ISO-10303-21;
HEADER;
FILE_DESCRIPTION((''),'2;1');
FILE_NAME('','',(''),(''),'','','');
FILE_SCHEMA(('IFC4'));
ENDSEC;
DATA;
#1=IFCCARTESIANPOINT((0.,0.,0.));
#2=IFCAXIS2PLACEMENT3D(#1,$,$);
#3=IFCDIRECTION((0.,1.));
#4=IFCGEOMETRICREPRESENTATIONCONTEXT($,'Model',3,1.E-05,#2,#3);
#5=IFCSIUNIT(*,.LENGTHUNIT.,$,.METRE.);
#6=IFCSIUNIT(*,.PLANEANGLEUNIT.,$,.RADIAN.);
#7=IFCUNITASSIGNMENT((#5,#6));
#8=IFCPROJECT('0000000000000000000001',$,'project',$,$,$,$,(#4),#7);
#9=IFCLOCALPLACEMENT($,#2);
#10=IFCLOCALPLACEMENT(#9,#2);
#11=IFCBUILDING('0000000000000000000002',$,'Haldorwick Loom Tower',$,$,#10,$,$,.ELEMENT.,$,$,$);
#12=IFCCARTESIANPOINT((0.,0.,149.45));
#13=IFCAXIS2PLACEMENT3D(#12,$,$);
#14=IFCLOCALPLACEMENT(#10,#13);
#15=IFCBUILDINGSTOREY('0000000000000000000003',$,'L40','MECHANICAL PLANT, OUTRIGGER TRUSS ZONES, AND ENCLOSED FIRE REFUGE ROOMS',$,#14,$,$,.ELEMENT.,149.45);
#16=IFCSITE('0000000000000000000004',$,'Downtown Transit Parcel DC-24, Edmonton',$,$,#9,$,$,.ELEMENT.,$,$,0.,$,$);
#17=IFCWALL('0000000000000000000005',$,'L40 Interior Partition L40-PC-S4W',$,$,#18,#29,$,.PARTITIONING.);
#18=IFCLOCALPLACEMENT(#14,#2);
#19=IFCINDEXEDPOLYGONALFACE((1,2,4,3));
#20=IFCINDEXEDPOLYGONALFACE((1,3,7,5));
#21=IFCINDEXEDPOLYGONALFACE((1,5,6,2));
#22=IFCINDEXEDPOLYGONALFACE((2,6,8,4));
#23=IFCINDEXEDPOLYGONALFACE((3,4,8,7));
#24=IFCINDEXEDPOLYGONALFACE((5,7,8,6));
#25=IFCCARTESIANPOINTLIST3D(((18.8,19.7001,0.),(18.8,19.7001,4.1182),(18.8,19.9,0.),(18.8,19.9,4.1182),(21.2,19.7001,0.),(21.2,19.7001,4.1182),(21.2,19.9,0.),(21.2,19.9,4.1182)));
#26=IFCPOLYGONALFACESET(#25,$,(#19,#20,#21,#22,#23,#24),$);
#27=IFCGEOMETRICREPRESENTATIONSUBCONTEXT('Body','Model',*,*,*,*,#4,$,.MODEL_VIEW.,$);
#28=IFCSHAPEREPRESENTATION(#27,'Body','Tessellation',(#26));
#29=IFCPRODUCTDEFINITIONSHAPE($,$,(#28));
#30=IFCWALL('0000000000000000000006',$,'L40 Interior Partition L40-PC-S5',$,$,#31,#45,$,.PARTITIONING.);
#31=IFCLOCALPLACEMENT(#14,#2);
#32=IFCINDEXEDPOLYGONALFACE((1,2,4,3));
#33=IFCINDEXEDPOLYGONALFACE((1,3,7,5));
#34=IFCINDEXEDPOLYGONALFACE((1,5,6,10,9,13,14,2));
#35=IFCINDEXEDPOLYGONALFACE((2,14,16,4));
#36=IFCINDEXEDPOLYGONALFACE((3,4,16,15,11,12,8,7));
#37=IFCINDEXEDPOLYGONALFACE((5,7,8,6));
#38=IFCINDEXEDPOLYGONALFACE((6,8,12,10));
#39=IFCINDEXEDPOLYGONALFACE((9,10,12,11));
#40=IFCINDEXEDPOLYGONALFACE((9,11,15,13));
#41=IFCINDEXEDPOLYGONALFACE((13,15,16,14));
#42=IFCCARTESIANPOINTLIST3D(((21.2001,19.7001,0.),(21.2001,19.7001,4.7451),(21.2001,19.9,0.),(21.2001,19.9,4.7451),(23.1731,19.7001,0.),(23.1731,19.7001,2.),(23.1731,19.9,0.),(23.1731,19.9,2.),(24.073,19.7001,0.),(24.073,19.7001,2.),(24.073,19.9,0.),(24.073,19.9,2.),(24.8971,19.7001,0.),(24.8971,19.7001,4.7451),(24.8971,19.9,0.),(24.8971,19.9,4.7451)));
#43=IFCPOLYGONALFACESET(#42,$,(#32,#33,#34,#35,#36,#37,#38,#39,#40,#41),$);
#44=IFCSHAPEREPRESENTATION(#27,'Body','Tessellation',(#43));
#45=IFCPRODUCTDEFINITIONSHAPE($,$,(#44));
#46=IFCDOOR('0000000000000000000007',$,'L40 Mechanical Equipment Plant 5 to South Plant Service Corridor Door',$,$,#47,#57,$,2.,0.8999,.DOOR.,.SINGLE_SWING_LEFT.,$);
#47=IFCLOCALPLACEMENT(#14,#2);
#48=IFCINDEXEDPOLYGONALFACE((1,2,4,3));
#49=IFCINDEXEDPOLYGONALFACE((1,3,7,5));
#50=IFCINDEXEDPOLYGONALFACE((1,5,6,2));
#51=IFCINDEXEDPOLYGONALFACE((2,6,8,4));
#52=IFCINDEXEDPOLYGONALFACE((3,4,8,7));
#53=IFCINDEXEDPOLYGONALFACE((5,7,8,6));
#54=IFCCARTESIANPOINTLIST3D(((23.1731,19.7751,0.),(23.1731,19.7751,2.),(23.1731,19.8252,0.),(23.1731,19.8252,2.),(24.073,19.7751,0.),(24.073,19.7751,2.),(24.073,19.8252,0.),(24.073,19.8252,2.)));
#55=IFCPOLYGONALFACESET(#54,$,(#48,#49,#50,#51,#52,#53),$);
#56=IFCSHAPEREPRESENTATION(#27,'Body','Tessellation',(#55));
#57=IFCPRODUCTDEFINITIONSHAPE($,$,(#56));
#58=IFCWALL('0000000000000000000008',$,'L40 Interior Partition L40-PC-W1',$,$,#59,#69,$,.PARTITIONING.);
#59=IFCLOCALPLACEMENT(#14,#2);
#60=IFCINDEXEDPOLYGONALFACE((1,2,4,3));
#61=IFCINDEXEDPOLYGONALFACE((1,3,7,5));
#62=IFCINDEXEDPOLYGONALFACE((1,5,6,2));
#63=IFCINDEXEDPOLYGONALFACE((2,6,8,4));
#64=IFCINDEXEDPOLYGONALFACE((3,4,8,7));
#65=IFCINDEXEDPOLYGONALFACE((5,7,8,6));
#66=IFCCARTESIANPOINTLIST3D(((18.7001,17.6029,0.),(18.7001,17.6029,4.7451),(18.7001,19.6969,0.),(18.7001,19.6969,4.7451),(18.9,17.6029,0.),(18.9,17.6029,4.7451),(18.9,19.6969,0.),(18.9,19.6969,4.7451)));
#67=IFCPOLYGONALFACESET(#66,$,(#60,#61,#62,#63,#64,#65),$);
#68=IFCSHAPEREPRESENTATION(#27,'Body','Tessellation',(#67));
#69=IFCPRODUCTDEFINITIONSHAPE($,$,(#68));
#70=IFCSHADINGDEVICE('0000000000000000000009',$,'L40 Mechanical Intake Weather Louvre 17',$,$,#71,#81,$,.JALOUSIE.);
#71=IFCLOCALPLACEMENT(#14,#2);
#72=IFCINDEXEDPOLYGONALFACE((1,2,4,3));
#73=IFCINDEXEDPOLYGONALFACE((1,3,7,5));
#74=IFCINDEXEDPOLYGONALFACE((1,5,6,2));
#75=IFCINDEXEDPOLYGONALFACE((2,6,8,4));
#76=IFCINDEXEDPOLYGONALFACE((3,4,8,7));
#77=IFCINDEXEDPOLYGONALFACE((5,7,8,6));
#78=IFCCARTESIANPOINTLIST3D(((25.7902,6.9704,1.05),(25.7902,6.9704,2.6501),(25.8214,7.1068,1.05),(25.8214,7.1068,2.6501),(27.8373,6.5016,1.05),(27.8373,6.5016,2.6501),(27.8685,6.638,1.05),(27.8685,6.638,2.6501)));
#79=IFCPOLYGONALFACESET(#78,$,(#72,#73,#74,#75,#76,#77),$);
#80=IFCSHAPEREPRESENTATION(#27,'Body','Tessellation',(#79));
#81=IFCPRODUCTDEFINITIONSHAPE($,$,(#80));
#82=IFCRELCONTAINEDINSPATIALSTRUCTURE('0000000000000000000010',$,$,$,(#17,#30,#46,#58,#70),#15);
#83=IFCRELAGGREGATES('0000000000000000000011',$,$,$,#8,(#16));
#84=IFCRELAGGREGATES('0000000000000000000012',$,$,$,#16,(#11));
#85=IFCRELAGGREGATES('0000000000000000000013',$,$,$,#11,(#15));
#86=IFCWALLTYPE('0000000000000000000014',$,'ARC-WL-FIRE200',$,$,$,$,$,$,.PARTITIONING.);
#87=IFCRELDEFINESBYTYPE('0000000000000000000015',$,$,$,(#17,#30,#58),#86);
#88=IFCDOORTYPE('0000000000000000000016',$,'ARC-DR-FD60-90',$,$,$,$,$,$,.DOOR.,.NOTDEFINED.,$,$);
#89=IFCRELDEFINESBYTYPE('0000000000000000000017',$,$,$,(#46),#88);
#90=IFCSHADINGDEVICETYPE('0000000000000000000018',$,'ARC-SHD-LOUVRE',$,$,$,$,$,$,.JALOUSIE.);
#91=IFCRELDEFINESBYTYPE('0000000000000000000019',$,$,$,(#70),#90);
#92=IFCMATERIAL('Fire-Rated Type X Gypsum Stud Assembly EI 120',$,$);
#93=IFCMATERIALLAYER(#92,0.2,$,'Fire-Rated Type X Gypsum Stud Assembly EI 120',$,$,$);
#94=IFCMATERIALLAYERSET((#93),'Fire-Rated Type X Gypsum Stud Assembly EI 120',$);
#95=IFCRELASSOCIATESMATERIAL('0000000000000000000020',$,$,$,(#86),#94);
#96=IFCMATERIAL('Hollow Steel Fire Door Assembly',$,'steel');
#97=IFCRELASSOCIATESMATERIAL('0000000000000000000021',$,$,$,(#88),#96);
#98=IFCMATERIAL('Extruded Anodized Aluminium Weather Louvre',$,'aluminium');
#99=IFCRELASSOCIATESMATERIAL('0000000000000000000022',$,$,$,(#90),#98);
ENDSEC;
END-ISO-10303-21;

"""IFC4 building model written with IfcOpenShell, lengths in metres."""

from ifc_helpers import new_model, si_unit, direction, frame, frame_2d, origin, origin_2d, place, context, subcontext, project, spatial, rectangle, extrude, material, layer, layer_set, type_object, element, fill, save


model = new_model("IFC4")

# Units and contexts
model_context = context("Model", 3, precision=1e-05, world=origin(), true_north=direction((0.0, 1.0)))
body_context = subcontext(model_context, "Body", "Model", "MODEL_VIEW")
ifc_project = project(units=[si_unit("LENGTHUNIT", "METRE"), si_unit("PLANEANGLEUNIT", "RADIAN")], contexts=[model_context])

# Site, building, storey
site_placement = place(None, origin())
site = spatial("IfcSite", under=ifc_project, at=site_placement, Name="Downtown Transit Parcel DC-24, Edmonton", CompositionType="ELEMENT", RefElevation=0.0)
building_placement = place(site_placement, origin())
building = spatial("IfcBuilding", under=site, at=building_placement, Name="Haldorwick Loom Tower", CompositionType="ELEMENT")
storey_placement = place(building_placement, frame((0.0, 0.0, 149.45)))
storey = spatial("IfcBuildingStorey", under=building, at=storey_placement, Name="L40", Description="MECHANICAL PLANT, OUTRIGGER TRUSS ZONES, AND ENCLOSED FIRE REFUGE ROOMS", CompositionType="ELEMENT", Elevation=149.45)

# Shared definitions
ifc_material_1 = material(Name="Fire-Rated Type X Gypsum Stud Assembly EI 120")
ifc_layer_1 = layer(ifc_material_1, 0.2, Name="Fire-Rated Type X Gypsum Stud Assembly EI 120")
ifc_layer_set_1 = layer_set([ifc_layer_1], Name="Fire-Rated Type X Gypsum Stud Assembly EI 120")
wall_type_1 = type_object("IfcWallType", Name="ARC-WL-FIRE200", PredefinedType="PARTITIONING", material=ifc_layer_set_1)
ifc_material_2 = material(Name="Hollow Steel Fire Door Assembly", Category="steel")
door_type = type_object("IfcDoorType", Name="ARC-DR-FD60-90", OperationType="NOTDEFINED", PredefinedType="DOOR", material=ifc_material_2)

# Wall
wall_1_placement = place(storey_placement, frame((18.8, 19.8, 0.0), z_axis=(0.0, 0.0, 1.0), x_axis=(1.0, 0.0, 0.0)))
element("IfcWall", 1, at=wall_1_placement, inside=storey, type_object=wall_type_1, Name="L40 Interior Partition L40-PC-S4W", PredefinedType="PARTITIONING", context=body_context, shape_type="SweptSolid", body=[
    extrude(rectangle(XDim=2.3999, YDim=0.2, at=frame_2d((1.2, 0.0))), origin(), (0.0, 0.0, 1.0), 4.1182),
])

# Wall, opening, door
wall_2_placement = place(storey_placement, frame((21.2, 19.8, 0.0), z_axis=(0.0, 0.0, 1.0), x_axis=(1.0, 0.0, 0.0)))
wall_2 = element("IfcWall", 2, at=wall_2_placement, inside=storey, type_object=wall_type_1, Name="L40 Interior Partition L40-PC-S5", PredefinedType="PARTITIONING", context=body_context, shape_type="SweptSolid", body=[
    extrude(rectangle(XDim=3.697, YDim=0.2, at=frame_2d((1.8486, 0.0))), origin(), (0.0, 0.0, 1.0), 4.7451),
])
opening_1_placement = place(wall_2_placement, frame((1.9731, 0.0, 0.0)))
opening_1 = element("IfcOpeningElement", 3, at=opening_1_placement, cuts=wall_2, PredefinedType="OPENING", context=body_context, shape_type="SweptSolid", body=[
    extrude(rectangle(XDim=0.8999, YDim=2.0, at=frame_2d((0.45, 1.0))), frame((0.0, 0.1099, 0.0), z_axis=(0.0, -1.0, 0.0), x_axis=(1.0, 0.0, 0.0)), (0.0, 0.0, 1.0), 0.22),
])
door_1_placement = place(opening_1_placement, frame((0.8999, 0.0, 0.0), z_axis=(0.0, 0.0, 1.0), x_axis=(-1.0, 0.0, 0.0)))
door_1 = element("IfcDoor", 4, at=door_1_placement, inside=storey, type_object=door_type, Name="L40 Mechanical Equipment Plant 5 to South Plant Service Corridor Door", OperationType="SINGLE_SWING_LEFT", OverallHeight=2.0, OverallWidth=0.8999, PredefinedType="DOOR", context=body_context, shape_type="SweptSolid", body=[
    extrude(rectangle(XDim=0.8999, YDim=2.0, at=frame_2d((0.45, 1.0))), frame((0.0, 0.0249, 0.0), z_axis=(0.0, -1.0, 0.0), x_axis=(1.0, 0.0, 0.0)), (0.0, 0.0, 1.0), 0.05),
])
fill(opening_1, door_1)

# Wall
wall_3_placement = place(storey_placement, frame((18.8, 17.603, 0.0), z_axis=(0.0, 0.0, 1.0), x_axis=(0.0, 1.0, 0.0)))
element("IfcWall", 5, at=wall_3_placement, inside=storey, type_object=wall_type_1, Name="L40 Interior Partition L40-PC-W1", PredefinedType="PARTITIONING", context=body_context, shape_type="SweptSolid", body=[
    extrude(rectangle(XDim=2.094, YDim=0.2, at=frame_2d((1.0469, 0.0))), origin(), (0.0, 0.0, 1.0), 4.7451),
])

# Shading device
ifc_material_3 = material(Name="Extruded Anodized Aluminium Weather Louvre", Category="aluminium")
shading_device_type = type_object("IfcShadingDeviceType", Name="ARC-SHD-LOUVRE", PredefinedType="JALOUSIE", material=ifc_material_3)
shading_device_placement = place(storey_placement, frame((26.8293, 6.8042, 1.05), z_axis=(0.0, 0.0, 1.0), x_axis=(0.974761, -0.22325, 0.0)))
element("IfcShadingDevice", 6, at=shading_device_placement, inside=storey, type_object=shading_device_type, Name="L40 Mechanical Intake Weather Louvre 17", PredefinedType="JALOUSIE", context=body_context, shape_type="SweptSolid", body=[
    extrude(rectangle(XDim=2.1001, YDim=0.1399, at=origin_2d()), origin(), (0.0, 0.0, 1.0), 1.6001),
])

save(model, "model.ifc")
